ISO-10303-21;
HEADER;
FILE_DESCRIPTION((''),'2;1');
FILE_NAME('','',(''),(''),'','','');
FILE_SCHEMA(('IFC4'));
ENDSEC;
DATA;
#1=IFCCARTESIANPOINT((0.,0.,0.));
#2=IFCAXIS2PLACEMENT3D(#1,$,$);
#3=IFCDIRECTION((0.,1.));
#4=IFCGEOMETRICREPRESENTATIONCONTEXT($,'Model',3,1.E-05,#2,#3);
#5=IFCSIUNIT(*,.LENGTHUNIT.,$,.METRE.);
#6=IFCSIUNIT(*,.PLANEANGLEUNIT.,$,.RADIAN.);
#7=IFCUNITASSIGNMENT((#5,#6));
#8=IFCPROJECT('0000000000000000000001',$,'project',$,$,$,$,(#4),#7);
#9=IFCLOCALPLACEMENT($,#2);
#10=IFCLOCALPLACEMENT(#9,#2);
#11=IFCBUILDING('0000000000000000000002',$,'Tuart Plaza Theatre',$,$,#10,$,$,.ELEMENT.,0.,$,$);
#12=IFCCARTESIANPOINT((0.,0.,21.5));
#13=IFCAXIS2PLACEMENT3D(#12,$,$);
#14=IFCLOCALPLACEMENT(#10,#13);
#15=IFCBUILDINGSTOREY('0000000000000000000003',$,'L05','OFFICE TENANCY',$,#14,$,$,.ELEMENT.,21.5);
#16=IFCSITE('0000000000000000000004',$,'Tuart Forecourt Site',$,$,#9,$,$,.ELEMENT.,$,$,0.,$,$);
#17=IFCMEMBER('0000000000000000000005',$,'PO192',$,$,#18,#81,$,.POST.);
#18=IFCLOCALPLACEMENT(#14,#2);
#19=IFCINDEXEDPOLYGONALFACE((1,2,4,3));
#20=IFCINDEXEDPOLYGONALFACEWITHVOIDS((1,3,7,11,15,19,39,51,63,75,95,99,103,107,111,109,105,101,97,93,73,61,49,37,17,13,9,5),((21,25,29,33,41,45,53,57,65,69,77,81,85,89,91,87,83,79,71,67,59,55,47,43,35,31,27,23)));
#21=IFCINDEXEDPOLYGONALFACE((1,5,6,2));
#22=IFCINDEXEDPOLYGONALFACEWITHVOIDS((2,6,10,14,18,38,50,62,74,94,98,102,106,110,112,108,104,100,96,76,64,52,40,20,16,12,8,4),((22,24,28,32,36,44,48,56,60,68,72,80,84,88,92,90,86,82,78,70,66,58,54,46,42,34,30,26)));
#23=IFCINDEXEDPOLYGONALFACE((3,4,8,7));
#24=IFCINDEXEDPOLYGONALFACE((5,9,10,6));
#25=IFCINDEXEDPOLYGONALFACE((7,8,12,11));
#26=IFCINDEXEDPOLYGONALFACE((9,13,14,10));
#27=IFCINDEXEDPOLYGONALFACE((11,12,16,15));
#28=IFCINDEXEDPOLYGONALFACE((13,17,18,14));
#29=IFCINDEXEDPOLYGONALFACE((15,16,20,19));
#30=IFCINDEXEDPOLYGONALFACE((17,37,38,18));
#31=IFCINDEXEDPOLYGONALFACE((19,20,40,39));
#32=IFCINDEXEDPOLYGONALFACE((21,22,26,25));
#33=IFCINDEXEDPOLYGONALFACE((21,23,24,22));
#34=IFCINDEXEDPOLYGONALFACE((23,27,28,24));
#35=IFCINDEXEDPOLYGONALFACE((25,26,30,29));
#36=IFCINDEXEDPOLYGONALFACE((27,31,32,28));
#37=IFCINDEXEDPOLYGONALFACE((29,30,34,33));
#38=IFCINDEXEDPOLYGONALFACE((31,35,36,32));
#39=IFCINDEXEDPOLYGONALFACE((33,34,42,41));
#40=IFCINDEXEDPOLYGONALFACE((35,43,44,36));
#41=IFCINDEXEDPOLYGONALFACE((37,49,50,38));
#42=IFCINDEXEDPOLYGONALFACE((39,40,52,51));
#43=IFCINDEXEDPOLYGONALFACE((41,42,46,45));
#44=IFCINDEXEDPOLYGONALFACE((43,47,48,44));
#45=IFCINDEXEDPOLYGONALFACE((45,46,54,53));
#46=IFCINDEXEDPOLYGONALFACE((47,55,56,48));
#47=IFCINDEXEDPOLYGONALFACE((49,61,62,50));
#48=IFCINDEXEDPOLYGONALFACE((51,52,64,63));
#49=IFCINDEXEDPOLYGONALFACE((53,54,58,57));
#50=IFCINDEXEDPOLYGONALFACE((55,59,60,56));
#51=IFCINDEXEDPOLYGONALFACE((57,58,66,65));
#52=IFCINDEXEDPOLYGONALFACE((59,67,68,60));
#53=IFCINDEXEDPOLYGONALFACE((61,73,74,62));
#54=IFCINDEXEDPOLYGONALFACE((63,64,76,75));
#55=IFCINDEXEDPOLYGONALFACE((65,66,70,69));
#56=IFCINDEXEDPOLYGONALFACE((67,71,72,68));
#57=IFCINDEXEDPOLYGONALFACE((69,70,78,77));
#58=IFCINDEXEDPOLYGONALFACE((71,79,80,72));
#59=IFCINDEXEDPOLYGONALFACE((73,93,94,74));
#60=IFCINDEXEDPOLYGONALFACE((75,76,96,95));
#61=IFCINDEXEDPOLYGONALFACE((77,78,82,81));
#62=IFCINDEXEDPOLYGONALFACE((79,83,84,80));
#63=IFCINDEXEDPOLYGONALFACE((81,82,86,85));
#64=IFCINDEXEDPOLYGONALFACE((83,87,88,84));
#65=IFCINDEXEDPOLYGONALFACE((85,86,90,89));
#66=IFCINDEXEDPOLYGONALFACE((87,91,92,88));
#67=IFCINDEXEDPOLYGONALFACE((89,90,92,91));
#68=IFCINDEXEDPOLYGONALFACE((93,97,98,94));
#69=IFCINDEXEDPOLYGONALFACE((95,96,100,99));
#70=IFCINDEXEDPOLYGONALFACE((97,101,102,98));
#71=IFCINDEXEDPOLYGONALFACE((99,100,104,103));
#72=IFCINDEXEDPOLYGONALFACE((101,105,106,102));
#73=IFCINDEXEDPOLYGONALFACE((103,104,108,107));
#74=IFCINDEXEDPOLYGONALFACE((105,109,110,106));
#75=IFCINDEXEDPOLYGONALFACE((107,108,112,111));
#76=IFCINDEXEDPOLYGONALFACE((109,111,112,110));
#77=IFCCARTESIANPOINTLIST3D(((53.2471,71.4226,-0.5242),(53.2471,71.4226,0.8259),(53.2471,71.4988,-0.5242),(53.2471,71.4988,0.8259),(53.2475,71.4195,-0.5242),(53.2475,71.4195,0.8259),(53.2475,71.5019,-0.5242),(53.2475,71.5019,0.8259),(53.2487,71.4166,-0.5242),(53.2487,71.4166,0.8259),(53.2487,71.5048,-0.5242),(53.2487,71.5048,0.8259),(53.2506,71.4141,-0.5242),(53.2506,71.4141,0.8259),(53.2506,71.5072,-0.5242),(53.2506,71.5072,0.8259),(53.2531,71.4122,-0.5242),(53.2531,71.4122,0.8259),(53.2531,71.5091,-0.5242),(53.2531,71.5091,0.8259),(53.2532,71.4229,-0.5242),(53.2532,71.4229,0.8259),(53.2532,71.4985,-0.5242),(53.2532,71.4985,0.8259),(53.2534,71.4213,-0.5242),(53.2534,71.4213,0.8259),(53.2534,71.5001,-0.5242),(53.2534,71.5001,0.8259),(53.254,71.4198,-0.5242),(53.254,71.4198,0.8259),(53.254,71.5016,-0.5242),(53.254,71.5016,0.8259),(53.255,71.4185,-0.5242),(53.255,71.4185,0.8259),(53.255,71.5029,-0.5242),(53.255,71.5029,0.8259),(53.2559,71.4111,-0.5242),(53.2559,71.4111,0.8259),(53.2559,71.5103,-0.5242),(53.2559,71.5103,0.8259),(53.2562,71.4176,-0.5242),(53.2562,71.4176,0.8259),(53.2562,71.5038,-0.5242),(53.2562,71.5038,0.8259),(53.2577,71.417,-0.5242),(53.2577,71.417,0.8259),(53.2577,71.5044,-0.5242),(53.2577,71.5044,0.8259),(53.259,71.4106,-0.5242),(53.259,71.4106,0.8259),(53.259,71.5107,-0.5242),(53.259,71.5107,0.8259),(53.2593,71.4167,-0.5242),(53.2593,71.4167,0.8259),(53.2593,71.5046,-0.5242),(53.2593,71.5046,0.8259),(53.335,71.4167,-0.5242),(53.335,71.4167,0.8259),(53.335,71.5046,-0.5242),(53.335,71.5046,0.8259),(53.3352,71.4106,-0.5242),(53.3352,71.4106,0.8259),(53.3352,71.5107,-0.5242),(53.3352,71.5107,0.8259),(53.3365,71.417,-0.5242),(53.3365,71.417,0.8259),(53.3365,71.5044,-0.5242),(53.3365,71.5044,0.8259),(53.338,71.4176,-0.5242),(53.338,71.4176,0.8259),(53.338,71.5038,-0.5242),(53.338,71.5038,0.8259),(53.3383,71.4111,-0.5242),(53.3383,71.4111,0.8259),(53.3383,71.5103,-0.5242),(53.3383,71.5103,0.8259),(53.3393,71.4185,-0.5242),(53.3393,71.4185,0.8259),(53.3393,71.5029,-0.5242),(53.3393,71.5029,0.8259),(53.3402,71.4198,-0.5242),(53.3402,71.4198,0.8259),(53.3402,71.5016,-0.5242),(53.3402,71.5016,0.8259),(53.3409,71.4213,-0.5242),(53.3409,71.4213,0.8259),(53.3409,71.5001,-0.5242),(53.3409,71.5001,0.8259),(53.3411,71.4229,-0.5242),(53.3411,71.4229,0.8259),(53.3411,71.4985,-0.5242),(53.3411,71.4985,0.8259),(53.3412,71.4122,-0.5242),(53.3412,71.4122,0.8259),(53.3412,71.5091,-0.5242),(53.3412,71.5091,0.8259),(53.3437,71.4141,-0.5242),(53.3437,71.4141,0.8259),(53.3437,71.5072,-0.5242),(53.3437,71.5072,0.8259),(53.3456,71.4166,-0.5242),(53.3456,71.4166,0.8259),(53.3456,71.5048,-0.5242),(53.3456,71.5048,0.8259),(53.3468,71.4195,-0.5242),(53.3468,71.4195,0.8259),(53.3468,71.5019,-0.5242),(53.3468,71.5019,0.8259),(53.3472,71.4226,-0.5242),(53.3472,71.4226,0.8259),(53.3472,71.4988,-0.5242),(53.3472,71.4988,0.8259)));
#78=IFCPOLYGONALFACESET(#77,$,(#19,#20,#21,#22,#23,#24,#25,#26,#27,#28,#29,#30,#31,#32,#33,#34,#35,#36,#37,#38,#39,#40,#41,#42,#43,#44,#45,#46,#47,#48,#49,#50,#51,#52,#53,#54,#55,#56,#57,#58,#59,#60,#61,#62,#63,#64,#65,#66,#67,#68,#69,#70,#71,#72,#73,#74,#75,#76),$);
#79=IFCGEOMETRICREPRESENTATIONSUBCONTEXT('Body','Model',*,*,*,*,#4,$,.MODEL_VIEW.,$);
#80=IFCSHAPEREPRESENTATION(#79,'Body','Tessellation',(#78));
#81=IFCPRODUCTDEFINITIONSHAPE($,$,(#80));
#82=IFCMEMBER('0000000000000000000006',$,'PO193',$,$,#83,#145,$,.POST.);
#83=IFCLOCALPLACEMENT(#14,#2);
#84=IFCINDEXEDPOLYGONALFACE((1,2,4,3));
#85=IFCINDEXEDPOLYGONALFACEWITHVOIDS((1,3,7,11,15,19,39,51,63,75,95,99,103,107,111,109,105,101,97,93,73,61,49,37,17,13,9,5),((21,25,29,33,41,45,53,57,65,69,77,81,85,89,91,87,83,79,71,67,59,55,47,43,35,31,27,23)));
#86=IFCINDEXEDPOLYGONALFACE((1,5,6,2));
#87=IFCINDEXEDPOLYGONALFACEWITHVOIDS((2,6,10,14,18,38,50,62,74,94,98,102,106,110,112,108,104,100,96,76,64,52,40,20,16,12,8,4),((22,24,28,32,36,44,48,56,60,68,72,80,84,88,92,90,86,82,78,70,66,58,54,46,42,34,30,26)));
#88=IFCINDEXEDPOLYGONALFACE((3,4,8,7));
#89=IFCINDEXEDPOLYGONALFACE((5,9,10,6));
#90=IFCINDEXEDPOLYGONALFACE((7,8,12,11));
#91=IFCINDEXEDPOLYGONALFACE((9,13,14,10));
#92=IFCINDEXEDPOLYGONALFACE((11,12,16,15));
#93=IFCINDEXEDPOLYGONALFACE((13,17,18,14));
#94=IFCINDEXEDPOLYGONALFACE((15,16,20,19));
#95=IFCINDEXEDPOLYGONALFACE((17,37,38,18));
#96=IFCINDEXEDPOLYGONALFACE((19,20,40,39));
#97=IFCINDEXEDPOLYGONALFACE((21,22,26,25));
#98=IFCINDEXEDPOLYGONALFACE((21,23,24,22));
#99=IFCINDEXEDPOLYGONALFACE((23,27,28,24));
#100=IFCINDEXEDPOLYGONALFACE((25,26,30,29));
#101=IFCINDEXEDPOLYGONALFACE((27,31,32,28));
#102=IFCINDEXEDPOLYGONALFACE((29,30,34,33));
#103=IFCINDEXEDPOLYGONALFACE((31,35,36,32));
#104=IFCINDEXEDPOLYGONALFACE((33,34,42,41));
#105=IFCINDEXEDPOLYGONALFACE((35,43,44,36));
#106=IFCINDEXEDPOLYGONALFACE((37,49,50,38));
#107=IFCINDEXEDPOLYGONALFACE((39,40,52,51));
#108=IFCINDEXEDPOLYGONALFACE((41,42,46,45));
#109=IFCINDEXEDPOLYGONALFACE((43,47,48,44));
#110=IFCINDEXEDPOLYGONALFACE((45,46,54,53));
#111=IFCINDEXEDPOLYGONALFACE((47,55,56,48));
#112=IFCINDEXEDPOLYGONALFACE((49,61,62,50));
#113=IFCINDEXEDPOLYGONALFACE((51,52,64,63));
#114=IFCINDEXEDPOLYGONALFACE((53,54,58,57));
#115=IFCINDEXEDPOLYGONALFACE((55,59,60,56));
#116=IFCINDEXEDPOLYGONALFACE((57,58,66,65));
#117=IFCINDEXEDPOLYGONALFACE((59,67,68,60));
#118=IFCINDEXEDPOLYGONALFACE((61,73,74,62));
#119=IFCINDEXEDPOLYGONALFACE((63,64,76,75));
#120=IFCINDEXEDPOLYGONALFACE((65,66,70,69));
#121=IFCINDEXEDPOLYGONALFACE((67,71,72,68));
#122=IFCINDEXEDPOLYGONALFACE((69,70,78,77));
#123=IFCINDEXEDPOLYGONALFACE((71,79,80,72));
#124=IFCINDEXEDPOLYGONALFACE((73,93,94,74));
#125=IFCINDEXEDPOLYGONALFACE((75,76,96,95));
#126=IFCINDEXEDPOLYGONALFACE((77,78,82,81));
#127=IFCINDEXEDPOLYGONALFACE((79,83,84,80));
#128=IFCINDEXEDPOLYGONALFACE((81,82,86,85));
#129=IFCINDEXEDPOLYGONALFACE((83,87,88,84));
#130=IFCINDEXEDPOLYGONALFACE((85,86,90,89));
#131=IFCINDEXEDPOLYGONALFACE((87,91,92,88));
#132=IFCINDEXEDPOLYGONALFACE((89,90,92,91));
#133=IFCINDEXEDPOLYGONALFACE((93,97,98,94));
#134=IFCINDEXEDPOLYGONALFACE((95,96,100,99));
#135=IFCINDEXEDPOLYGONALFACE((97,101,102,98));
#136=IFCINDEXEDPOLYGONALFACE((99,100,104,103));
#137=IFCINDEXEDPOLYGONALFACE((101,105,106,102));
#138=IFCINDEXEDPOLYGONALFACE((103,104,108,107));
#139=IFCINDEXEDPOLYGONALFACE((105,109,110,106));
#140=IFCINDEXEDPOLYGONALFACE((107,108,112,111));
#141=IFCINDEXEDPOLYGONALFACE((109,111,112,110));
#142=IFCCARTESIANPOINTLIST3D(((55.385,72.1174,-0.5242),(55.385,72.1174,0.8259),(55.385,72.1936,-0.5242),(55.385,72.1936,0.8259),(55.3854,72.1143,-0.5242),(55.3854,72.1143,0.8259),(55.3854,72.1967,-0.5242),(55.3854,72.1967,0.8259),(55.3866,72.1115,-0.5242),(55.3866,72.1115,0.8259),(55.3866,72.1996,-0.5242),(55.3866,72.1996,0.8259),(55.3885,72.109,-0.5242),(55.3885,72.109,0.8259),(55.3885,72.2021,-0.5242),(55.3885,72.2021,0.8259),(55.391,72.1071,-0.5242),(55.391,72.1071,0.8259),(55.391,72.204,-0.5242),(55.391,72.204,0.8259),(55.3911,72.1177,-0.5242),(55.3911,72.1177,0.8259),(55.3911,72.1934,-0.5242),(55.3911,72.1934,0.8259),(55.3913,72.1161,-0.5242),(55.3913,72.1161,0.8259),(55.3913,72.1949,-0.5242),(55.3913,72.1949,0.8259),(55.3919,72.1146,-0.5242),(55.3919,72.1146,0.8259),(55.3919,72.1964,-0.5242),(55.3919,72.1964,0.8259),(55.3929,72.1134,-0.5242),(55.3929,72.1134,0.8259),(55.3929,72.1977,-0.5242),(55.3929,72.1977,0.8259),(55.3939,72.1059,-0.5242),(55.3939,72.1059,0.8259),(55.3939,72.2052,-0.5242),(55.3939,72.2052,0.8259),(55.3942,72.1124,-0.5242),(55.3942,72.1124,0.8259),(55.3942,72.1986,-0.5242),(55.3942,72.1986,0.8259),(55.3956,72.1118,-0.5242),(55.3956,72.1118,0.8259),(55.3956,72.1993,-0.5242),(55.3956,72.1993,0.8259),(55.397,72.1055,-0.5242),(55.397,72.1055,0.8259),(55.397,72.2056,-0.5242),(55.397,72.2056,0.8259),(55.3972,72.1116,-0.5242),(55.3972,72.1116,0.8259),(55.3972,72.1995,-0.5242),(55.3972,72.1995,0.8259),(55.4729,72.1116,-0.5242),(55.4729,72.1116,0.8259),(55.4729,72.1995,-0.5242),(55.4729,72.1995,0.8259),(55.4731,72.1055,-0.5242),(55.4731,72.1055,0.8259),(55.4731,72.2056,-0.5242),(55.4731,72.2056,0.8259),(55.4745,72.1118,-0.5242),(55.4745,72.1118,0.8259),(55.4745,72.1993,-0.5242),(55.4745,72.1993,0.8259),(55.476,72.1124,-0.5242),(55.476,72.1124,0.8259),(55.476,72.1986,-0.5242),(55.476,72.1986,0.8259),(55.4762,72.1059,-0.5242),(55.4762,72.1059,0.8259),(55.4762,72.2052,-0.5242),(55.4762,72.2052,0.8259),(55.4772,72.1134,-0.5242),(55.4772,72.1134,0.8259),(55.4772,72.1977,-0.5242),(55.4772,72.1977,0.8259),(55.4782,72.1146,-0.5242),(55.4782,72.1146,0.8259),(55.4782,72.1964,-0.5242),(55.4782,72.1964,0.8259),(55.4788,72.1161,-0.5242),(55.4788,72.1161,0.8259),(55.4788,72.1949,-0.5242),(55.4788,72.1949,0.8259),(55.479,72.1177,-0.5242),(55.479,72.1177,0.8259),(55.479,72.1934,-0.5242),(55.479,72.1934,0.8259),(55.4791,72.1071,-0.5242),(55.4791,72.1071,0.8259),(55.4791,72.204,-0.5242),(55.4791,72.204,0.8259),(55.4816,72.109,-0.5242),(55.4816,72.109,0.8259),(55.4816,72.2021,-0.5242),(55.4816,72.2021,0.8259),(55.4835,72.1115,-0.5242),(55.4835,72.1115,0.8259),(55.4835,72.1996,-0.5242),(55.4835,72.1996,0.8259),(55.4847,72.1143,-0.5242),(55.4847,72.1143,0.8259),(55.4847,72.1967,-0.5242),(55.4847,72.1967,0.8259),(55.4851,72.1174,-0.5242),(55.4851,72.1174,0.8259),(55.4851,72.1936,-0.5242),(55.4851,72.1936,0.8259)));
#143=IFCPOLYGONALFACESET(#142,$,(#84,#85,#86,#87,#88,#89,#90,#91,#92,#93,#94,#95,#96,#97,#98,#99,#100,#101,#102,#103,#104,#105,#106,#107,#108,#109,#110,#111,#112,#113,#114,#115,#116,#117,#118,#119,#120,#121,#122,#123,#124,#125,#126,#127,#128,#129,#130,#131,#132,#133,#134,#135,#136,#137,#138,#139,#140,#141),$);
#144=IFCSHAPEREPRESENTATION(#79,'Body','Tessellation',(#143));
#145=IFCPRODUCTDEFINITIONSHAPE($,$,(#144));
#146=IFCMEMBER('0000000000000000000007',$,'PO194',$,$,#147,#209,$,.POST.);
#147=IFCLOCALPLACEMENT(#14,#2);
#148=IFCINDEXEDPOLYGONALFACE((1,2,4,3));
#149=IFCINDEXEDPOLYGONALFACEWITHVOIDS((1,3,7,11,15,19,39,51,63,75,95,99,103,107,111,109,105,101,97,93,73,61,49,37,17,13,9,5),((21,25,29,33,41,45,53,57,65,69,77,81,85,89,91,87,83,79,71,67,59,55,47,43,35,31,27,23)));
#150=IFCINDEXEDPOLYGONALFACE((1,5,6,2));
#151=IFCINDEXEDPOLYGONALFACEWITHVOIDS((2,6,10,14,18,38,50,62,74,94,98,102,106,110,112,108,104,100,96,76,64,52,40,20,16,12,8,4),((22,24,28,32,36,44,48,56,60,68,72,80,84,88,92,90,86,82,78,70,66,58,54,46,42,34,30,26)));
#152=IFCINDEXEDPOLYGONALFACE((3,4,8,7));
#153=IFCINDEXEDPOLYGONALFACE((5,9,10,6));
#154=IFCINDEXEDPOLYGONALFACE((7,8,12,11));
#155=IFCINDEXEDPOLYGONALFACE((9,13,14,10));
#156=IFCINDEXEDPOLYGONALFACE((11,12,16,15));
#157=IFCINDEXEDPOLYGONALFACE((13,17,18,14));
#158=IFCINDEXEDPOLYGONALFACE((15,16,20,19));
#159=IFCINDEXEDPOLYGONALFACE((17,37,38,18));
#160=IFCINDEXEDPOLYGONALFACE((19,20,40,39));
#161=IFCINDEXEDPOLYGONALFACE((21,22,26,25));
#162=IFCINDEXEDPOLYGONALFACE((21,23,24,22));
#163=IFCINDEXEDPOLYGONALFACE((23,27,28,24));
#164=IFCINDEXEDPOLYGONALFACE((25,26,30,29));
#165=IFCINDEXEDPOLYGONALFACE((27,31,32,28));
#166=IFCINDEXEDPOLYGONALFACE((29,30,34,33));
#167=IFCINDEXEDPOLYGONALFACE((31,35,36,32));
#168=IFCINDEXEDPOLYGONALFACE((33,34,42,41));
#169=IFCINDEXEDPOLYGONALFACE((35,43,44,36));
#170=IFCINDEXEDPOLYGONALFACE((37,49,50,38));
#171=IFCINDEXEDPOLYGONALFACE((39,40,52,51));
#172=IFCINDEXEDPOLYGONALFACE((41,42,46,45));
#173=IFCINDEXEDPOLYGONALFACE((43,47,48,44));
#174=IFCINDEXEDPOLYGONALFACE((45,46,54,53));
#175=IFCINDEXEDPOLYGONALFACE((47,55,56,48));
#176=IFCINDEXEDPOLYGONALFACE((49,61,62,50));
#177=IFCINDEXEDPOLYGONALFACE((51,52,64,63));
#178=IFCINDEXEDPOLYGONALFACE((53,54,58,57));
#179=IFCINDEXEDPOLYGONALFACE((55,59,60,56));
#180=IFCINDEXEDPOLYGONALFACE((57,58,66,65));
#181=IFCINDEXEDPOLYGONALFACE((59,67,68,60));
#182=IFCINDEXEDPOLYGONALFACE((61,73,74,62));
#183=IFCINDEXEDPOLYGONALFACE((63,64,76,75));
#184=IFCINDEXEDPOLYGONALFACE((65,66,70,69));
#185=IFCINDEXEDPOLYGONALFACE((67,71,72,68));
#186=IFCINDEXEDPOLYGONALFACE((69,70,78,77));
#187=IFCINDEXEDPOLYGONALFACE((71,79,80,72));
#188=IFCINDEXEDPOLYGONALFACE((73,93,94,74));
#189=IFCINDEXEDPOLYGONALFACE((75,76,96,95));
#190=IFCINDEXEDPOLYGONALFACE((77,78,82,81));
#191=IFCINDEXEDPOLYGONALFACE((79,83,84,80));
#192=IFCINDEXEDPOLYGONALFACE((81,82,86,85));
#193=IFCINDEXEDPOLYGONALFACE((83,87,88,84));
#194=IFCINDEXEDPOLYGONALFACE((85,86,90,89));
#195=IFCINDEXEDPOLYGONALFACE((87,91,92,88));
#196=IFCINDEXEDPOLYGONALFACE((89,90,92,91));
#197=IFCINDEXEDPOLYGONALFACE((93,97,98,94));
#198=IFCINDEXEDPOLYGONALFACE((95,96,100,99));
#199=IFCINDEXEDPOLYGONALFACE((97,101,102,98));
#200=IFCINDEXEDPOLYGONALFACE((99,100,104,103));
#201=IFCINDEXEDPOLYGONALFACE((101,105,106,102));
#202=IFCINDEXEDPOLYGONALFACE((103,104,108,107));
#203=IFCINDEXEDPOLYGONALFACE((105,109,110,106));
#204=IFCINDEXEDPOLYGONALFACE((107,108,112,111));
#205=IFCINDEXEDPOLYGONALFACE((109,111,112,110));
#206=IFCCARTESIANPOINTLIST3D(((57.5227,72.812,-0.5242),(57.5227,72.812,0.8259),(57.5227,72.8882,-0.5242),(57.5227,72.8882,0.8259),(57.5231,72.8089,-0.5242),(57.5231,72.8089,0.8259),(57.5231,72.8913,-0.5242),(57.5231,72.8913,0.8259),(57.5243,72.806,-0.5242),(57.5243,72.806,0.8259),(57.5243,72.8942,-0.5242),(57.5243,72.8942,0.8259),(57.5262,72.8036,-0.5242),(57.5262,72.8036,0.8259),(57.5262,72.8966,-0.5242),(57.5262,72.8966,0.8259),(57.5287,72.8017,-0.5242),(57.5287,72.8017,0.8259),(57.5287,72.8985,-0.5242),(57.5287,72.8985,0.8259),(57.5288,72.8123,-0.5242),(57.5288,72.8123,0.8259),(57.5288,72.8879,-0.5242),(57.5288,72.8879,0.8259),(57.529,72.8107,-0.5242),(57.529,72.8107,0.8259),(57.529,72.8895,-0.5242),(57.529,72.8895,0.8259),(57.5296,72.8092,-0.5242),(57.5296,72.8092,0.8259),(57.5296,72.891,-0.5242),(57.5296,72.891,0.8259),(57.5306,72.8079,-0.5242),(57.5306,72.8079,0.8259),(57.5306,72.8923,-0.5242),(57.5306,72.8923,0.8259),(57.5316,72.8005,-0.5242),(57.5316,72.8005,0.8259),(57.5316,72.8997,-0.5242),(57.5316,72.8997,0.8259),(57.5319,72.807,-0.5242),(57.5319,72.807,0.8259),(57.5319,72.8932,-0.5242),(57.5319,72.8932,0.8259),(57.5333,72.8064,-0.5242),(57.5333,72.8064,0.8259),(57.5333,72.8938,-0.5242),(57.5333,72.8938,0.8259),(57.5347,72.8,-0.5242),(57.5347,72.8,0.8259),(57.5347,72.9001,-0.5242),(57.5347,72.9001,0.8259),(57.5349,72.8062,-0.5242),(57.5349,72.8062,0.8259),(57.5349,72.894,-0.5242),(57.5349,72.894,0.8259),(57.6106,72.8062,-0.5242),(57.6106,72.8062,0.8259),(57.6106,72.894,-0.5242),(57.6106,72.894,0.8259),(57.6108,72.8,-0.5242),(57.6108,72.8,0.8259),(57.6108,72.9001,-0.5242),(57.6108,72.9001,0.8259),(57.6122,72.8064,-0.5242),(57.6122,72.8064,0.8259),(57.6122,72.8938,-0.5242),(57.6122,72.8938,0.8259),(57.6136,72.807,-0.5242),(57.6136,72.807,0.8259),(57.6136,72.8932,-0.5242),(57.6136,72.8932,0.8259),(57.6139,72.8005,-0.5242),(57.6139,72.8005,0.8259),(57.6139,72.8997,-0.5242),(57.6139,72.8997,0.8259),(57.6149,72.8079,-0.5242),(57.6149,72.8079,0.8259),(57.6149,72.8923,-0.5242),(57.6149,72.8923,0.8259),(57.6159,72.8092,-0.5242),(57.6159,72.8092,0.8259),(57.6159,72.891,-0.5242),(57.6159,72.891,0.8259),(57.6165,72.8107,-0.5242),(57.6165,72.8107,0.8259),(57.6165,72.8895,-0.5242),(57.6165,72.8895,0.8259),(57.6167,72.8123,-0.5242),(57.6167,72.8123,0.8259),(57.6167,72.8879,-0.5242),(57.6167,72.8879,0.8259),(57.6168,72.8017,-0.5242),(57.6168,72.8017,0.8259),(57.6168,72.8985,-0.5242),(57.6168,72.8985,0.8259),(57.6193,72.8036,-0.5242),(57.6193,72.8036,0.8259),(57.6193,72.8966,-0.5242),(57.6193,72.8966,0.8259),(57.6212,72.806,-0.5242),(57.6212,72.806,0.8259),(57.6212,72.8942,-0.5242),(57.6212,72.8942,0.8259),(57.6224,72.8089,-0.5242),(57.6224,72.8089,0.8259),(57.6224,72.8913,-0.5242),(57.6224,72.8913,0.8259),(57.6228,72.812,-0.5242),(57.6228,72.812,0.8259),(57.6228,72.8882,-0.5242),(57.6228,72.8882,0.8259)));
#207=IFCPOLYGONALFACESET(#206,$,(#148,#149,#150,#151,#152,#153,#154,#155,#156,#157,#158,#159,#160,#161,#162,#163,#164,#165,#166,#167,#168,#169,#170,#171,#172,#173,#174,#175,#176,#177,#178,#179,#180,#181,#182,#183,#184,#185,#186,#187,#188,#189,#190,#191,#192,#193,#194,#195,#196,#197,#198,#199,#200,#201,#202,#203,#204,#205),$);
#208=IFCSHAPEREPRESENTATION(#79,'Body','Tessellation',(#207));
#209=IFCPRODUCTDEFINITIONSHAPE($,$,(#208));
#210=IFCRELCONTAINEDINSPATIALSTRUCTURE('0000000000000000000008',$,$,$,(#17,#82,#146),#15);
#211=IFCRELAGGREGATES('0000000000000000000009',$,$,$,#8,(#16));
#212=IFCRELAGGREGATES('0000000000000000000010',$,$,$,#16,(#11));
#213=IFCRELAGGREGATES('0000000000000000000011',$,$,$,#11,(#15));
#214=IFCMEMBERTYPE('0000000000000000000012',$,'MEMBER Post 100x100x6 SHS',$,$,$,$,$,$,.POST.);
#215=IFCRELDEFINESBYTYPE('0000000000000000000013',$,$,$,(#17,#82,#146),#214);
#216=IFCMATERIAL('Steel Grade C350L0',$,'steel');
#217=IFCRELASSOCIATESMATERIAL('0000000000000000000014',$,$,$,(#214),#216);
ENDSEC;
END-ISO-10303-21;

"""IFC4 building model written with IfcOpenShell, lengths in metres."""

from ifc_helpers import new_model, si_unit, direction, frame, origin, origin_2d, place, context, subcontext, project, spatial, hollow_rectangle, extrude, material, material_profile, profile_set, type_object, element, save


model = new_model("IFC4")

# Units and contexts
model_context = context("Model", 3, precision=1e-05, world=origin(), true_north=direction((0.0, 1.0)))
body_context = subcontext(model_context, "Body", "Model", "MODEL_VIEW")
ifc_project = project(units=[si_unit("LENGTHUNIT", "METRE"), si_unit("PLANEANGLEUNIT", "RADIAN")], contexts=[model_context])

# Site, building, storey
site_placement = place(None, origin())
site = spatial("IfcSite", under=ifc_project, at=site_placement, Name="Tuart Forecourt Site", CompositionType="ELEMENT", RefElevation=0.0)
building_placement = place(site_placement, origin())
building = spatial("IfcBuilding", under=site, at=building_placement, Name="Tuart Plaza Theatre", CompositionType="ELEMENT", ElevationOfRefHeight=0.0)
storey_placement = place(building_placement, frame((0.0, 0.0, 21.5)))
storey = spatial("IfcBuildingStorey", under=building, at=storey_placement, Name="L05", Description="OFFICE TENANCY", CompositionType="ELEMENT", Elevation=21.5)

# Members
ifc_material_1 = material(Name="Steel Grade C350L0", Category="steel")
ifc_material_profile_1 = material_profile(ifc_material_1, hollow_rectangle(XDim=0.1001, YDim=0.1001, WallThickness=0.0061, InnerFilletRadius=0.0061, OuterFilletRadius=0.012, at=origin_2d()), Name="100x100x6 SHS")
ifc_profile_set_1 = profile_set([ifc_material_profile_1], Name="Steel Grade C350L0")
member_type_1 = type_object("IfcMemberType", Name="MEMBER Post 100x100x6 SHS", PredefinedType="POST", material=ifc_profile_set_1)
for number, where, z_axis, x_axis, name in (
    (1, (53.2971, 71.4607, -0.5242), (0.0, 0.0, 1.0), (1.0, 0.0, 0.0), "PO192"),
    (2, (55.4351, 72.1555, -0.5242), (0.0, 0.0, 1.0), (1.0, 0.0, 0.0), "PO193"),
    (3, (57.5728, 72.8501, -0.5242), (0.0, 0.0, 1.0), (1.0, 0.0, 0.0), "PO194"),
):
    element("IfcMember", number, at=place(storey_placement, frame(where, z_axis=z_axis, x_axis=x_axis)), inside=storey, type_object=member_type_1, Name=name, PredefinedType="POST", context=body_context, shape_type="SweptSolid", body=[
        extrude(hollow_rectangle(XDim=0.1001, YDim=0.1001, WallThickness=0.0061, InnerFilletRadius=0.0061, OuterFilletRadius=0.012, at=origin_2d()), origin(), (0.0, 0.0, 1.0), 1.3501),
    ])

save(model, "model.ifc")
